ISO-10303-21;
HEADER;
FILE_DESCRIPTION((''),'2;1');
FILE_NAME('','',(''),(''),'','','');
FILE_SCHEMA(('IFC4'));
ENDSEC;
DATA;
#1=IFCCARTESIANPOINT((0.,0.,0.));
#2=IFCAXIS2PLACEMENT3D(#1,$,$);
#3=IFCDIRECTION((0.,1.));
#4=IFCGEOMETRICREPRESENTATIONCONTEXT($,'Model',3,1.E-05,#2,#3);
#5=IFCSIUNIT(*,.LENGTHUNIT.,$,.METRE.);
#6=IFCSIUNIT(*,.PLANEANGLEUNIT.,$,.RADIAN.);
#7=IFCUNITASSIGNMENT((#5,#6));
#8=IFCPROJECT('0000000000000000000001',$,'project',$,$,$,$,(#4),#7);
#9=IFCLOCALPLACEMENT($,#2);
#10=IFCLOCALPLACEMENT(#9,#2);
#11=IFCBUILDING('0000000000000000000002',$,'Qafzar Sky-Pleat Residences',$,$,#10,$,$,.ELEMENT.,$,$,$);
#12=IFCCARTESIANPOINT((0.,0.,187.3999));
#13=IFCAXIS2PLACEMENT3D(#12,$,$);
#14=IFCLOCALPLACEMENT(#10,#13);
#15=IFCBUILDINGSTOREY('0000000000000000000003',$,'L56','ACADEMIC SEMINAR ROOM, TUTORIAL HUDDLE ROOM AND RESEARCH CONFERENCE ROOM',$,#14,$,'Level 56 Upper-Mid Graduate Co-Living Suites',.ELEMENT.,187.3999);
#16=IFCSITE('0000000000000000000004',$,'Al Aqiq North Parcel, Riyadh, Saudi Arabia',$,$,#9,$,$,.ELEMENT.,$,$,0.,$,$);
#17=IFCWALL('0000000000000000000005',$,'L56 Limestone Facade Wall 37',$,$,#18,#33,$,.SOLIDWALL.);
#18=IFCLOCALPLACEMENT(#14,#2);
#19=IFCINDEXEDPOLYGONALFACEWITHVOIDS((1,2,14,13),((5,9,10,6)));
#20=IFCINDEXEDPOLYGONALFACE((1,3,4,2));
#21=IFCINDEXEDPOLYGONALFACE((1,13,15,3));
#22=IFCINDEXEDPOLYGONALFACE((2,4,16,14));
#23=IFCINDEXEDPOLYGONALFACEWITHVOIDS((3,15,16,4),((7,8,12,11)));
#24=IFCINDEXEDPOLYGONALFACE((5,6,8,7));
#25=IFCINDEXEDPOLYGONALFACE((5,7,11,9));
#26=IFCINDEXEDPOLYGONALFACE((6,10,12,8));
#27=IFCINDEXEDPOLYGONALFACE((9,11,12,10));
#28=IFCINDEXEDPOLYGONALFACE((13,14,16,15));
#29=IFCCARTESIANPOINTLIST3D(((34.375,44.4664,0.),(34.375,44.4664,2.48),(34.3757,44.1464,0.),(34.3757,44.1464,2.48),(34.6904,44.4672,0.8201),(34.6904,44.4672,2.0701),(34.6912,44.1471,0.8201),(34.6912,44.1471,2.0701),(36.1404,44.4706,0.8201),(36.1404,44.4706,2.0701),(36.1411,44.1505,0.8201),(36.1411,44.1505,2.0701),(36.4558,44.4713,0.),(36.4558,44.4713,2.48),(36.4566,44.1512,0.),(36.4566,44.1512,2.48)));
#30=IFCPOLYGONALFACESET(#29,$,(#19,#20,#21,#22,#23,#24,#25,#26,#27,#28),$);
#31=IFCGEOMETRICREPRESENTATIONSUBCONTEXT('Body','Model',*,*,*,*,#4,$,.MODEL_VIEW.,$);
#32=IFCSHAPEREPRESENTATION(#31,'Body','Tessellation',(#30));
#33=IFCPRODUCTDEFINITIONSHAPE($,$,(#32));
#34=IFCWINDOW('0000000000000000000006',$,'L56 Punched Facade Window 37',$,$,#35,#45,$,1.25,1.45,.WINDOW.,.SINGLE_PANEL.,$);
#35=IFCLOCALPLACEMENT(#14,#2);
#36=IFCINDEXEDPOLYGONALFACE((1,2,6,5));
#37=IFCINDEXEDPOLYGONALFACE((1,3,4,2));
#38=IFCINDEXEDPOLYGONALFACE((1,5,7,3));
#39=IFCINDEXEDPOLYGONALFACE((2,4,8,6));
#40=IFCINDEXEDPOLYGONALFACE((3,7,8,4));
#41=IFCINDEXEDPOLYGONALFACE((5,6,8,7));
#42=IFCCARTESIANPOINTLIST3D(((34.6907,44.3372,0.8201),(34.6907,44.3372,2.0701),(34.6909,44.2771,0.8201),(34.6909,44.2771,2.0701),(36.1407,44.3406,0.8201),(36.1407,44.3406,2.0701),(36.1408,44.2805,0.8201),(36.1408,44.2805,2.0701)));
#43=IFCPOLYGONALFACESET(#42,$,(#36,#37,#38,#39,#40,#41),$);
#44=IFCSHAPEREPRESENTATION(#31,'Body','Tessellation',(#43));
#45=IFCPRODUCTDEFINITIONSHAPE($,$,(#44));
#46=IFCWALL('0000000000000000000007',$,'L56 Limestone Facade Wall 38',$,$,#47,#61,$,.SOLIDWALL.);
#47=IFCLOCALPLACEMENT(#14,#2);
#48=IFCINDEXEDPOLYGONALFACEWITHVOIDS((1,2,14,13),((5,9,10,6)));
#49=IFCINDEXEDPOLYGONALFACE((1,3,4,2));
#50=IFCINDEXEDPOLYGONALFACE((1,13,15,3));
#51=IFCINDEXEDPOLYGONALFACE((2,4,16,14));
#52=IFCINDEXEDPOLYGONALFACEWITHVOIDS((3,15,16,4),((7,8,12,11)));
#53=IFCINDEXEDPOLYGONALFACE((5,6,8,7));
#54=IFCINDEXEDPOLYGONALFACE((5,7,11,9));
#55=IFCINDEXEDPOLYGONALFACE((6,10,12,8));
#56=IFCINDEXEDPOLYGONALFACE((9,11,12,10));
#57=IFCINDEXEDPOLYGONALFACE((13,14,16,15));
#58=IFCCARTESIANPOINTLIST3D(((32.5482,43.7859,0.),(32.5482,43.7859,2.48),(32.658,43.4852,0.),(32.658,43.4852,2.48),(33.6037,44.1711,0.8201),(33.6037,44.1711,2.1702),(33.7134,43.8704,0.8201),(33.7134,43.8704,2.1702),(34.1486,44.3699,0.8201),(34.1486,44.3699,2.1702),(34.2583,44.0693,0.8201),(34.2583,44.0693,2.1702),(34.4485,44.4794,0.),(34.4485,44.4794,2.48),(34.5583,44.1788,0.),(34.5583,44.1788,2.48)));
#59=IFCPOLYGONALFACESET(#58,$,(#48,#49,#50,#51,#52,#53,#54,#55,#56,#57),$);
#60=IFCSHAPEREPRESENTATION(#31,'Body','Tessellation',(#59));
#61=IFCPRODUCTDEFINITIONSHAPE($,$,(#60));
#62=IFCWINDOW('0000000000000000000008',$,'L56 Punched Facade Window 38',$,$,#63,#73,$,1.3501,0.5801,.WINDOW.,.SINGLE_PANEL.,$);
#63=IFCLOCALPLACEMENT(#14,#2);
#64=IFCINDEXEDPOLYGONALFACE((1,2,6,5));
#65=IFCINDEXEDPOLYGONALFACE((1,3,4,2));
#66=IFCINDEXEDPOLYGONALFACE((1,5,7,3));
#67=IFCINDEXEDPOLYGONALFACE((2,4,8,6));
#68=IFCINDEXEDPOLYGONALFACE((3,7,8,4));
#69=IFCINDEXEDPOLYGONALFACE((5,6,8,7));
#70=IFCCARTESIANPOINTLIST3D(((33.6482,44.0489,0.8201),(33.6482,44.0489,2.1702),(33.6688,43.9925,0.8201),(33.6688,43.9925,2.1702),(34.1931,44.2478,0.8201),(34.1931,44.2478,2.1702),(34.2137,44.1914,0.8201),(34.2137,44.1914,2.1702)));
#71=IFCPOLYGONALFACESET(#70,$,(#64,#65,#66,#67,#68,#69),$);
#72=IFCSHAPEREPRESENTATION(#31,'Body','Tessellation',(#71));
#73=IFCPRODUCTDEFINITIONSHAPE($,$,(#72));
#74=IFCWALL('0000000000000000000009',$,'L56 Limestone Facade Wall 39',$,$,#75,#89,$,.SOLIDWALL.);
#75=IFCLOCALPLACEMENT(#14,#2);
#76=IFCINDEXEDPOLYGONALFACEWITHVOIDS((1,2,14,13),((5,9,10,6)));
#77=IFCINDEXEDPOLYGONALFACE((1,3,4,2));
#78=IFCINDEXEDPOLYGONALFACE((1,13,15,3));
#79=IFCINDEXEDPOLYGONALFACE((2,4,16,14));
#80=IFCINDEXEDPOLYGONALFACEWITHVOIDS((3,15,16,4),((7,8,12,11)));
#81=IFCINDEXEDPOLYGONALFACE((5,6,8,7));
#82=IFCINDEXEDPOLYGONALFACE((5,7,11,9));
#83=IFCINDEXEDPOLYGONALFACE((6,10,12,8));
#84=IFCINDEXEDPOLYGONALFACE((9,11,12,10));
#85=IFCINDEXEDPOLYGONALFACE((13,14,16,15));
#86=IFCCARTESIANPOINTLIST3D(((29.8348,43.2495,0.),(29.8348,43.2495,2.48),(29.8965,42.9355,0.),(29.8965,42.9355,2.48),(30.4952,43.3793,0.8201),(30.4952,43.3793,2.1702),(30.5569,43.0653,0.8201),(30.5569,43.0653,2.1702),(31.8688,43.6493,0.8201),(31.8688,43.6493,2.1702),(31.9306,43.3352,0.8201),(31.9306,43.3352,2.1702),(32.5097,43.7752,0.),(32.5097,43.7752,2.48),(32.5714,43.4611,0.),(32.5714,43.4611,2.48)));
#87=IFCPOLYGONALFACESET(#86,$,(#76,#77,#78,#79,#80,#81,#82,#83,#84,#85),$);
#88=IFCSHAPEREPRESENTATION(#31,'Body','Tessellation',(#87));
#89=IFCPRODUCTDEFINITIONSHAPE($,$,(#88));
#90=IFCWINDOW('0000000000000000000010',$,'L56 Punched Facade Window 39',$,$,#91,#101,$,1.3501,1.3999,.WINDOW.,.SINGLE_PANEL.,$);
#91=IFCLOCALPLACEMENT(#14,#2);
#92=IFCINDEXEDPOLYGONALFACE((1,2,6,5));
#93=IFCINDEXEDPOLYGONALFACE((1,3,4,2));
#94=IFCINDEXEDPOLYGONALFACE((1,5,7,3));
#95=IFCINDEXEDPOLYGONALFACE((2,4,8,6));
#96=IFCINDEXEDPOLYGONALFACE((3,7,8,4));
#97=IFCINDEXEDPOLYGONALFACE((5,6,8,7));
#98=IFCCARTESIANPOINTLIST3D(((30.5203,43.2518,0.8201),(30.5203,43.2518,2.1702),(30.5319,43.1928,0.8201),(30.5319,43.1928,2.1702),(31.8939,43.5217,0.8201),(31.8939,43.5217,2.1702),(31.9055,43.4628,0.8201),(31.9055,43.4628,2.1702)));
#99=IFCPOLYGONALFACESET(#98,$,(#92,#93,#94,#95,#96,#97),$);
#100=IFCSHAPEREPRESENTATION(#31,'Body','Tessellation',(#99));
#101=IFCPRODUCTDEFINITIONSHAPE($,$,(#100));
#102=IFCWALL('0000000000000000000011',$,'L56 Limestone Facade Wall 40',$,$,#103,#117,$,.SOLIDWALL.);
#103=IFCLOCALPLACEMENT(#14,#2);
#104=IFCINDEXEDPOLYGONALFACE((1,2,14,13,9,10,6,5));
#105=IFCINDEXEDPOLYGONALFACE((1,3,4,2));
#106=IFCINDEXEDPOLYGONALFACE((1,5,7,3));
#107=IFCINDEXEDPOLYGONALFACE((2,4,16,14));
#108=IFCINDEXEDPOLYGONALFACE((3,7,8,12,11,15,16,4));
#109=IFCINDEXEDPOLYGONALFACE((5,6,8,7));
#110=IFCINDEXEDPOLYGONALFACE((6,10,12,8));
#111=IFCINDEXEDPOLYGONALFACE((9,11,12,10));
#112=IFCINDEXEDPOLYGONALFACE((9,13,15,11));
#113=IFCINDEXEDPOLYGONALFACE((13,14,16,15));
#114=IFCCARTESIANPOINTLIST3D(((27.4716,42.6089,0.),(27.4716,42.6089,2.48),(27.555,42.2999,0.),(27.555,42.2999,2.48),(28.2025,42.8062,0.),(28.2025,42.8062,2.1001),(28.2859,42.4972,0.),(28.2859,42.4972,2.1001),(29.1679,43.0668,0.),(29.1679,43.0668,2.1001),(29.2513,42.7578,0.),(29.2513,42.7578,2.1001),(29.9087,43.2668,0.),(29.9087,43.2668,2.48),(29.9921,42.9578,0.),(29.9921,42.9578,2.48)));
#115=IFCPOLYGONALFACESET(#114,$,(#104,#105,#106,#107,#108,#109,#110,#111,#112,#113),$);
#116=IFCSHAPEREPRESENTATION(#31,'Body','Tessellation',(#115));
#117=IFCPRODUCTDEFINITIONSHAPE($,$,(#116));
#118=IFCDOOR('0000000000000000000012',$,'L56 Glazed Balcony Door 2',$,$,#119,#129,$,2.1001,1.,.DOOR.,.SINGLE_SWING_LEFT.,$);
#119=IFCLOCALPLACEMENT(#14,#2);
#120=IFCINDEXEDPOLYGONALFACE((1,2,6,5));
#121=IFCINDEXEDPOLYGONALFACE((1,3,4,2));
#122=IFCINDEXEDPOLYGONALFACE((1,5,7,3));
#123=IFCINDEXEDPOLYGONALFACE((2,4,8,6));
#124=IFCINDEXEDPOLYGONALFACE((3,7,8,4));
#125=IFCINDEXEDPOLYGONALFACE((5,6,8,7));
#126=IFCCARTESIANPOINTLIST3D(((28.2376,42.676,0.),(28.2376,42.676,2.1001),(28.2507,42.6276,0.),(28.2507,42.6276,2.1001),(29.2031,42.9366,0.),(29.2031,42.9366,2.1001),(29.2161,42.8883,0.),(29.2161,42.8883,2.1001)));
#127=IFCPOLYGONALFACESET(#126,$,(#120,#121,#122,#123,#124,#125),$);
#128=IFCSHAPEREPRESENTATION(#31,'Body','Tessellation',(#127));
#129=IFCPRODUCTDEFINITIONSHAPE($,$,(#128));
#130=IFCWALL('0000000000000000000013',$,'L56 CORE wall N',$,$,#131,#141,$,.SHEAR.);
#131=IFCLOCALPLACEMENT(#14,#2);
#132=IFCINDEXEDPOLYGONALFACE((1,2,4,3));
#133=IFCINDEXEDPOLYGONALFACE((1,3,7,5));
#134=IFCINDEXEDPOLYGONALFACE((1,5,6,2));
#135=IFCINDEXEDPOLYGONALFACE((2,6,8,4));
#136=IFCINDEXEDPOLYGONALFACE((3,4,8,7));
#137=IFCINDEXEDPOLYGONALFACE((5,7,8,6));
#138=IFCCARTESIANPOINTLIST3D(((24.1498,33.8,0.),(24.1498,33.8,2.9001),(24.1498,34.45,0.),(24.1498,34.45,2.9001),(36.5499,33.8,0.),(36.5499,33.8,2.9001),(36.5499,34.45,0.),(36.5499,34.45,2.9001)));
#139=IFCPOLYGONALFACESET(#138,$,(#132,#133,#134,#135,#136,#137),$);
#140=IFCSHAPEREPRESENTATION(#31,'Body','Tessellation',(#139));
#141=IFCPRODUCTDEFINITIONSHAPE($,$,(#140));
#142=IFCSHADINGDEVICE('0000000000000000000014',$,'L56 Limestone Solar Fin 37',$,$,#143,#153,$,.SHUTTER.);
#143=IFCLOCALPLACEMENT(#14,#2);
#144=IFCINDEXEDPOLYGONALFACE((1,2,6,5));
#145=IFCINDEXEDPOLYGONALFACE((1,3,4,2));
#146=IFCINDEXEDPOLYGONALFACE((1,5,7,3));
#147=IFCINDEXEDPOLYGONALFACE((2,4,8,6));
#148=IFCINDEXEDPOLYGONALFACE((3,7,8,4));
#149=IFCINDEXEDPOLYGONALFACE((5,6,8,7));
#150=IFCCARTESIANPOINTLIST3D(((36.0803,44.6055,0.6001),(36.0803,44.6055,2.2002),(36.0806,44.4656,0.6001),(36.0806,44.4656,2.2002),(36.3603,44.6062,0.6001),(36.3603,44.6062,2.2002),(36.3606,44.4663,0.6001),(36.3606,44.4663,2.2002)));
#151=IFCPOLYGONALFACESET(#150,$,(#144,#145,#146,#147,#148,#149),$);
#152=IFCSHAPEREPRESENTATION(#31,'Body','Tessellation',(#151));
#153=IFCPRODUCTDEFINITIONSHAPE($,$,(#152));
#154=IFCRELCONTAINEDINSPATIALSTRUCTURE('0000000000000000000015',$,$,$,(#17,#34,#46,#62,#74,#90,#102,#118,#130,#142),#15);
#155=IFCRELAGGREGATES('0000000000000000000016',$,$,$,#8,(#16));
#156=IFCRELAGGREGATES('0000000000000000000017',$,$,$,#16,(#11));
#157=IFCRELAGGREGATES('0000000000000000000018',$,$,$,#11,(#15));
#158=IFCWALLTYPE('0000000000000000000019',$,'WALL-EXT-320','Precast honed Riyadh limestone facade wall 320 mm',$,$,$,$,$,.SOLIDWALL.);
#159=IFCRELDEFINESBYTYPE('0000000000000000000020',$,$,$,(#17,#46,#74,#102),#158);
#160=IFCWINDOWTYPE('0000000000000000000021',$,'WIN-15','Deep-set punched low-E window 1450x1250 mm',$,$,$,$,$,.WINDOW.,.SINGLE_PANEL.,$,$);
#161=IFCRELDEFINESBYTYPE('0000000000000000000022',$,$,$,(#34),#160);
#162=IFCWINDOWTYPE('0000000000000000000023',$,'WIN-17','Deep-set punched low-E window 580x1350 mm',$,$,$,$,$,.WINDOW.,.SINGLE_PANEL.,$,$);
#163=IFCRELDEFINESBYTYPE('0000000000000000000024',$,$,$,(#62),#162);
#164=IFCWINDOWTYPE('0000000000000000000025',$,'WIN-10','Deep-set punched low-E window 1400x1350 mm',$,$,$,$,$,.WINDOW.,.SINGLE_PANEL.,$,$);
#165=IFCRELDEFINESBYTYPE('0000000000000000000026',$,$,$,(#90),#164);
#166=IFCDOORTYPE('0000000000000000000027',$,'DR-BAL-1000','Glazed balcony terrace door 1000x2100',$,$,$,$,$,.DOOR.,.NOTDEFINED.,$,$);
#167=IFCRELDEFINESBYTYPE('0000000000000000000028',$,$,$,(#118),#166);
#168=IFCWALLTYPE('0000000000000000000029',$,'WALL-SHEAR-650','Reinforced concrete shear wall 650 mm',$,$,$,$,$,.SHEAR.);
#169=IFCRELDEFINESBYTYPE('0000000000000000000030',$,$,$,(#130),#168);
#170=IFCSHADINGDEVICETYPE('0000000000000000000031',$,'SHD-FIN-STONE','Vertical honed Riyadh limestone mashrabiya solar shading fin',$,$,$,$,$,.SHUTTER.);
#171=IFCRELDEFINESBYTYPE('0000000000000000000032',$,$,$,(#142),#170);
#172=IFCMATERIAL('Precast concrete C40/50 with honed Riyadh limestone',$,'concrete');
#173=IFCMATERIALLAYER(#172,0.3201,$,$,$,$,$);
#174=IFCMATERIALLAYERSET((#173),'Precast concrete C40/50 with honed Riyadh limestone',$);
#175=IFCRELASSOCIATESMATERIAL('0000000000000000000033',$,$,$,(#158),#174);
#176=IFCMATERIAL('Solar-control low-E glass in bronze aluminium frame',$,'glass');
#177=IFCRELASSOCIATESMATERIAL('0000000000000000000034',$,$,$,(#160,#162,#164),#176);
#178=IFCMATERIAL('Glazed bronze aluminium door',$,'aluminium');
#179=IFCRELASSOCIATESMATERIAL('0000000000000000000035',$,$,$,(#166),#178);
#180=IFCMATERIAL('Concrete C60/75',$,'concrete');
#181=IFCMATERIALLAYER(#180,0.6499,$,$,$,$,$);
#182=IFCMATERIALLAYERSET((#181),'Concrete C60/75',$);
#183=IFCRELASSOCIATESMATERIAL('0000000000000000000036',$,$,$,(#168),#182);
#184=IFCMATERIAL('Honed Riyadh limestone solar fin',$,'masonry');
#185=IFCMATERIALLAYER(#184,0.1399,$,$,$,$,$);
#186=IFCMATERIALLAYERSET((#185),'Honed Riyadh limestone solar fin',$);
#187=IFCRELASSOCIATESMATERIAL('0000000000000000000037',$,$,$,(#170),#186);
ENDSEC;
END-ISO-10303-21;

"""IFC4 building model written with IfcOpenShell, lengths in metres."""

from ifc_helpers import new_model, si_unit, direction, frame, frame_2d, origin, origin_2d, place, context, subcontext, project, spatial, rectangle, extrude, source, transform, mapped, material, layer, layer_set, type_object, element, fill, save


model = new_model("IFC4")

# Units and contexts
model_context = context("Model", 3, precision=1e-05, world=origin(), true_north=direction((0.0, 1.0)))
body_context = subcontext(model_context, "Body", "Model", "MODEL_VIEW")
ifc_project = project(units=[si_unit("LENGTHUNIT", "METRE"), si_unit("PLANEANGLEUNIT", "RADIAN")], contexts=[model_context])

# Site, building, storey
site_placement = place(None, origin())
site = spatial("IfcSite", under=ifc_project, at=site_placement, Name="Al Aqiq North Parcel, Riyadh, Saudi Arabia", CompositionType="ELEMENT", RefElevation=0.0)
building_placement = place(site_placement, origin())
building = spatial("IfcBuilding", under=site, at=building_placement, Name="Qafzar Sky-Pleat Residences", CompositionType="ELEMENT")
storey_placement = place(building_placement, frame((0.0, 0.0, 187.3999)))
storey = spatial("IfcBuildingStorey", under=building, at=storey_placement, Name="L56", Description="ACADEMIC SEMINAR ROOM, TUTORIAL HUDDLE ROOM AND RESEARCH CONFERENCE ROOM", LongName="Level 56 Upper-Mid Graduate Co-Living Suites", CompositionType="ELEMENT", Elevation=187.3999)

# Walls, openings, windows
ifc_material_1 = material(Name="Precast concrete C40/50 with honed Riyadh limestone", Category="concrete")
ifc_layer_1 = layer(ifc_material_1, 0.3201)
ifc_layer_set_1 = layer_set([ifc_layer_1], Name="Precast concrete C40/50 with honed Riyadh limestone")
wall_type_1 = type_object("IfcWallType", Name="WALL-EXT-320", Description="Precast honed Riyadh limestone facade wall 320 mm", PredefinedType="SOLIDWALL", material=ifc_layer_set_1)
wall_1_placement = place(storey_placement, frame((36.4563, 44.3113, 0.0), z_axis=(0.0, 0.0, 1.0), x_axis=(-0.999997, -0.002347, 0.0)))
wall_1 = element("IfcWall", 1, at=wall_1_placement, inside=storey, type_object=wall_type_1, Name="L56 Limestone Facade Wall 37", PredefinedType="SOLIDWALL", context=body_context, shape_type="SweptSolid", body=[
    extrude(rectangle(XDim=2.0808, YDim=0.3201, at=frame_2d((1.0405, 0.0))), origin(), (0.0, 0.0, 1.0), 2.48),
])
opening_1_placement = place(wall_1_placement, frame((0.3154, 0.0, 0.8201)))
opening_1 = element("IfcOpeningElement", 2, at=opening_1_placement, cuts=wall_1, PredefinedType="OPENING", context=body_context, shape_type="SweptSolid", body=[
    extrude(rectangle(XDim=1.45, YDim=1.25, at=frame_2d((0.7251, 0.625))), frame((0.0, 0.1699, 0.0), z_axis=(0.0, -1.0, 0.0), x_axis=(1.0, 0.0, 0.0)), (0.0, 0.0, 1.0), 0.3401),
])
ifc_material_2 = material(Name="Solar-control low-E glass in bronze aluminium frame", Category="glass")
window_type_1 = type_object("IfcWindowType", Name="WIN-15", Description="Deep-set punched low-E window 1450x1250 mm", PartitioningType="SINGLE_PANEL", PredefinedType="WINDOW", material=ifc_material_2)
shared_shape_1 = source(origin(), body_context, "Body", "SweptSolid", [
    extrude(rectangle(XDim=1.45, YDim=1.25, at=frame_2d((0.7251, 0.625))), frame((0.0, 0.03, 0.0), z_axis=(0.0, -1.0, 0.0), x_axis=(1.0, 0.0, 0.0)), (0.0, 0.0, 1.0), 0.0601),
])
window_1_placement = place(opening_1_placement, origin())
window_1 = element("IfcWindow", 3, at=window_1_placement, inside=storey, type_object=window_type_1, Name="L56 Punched Facade Window 37", OverallHeight=1.25, OverallWidth=1.45, PartitioningType="SINGLE_PANEL", PredefinedType="WINDOW", context=body_context, shape_type="MappedRepresentation", body=[
    mapped(shared_shape_1, transform((0.0, 0.0, 0.0), x_axis=(1.0, 0.0, 0.0), y_axis=(0.0, 1.0, 0.0), z_axis=(0.0, 0.0, 1.0), scale=1.0)),
])
fill(opening_1, window_1)
wall_2_placement = place(storey_placement, frame((34.5034, 44.3291, 0.0), z_axis=(0.0, 0.0, 1.0), x_axis=(-0.939388, -0.342857, 0.0)))
wall_2 = element("IfcWall", 4, at=wall_2_placement, inside=storey, type_object=wall_type_1, Name="L56 Limestone Facade Wall 38", PredefinedType="SOLIDWALL", context=body_context, shape_type="SweptSolid", body=[
    extrude(rectangle(XDim=2.0229, YDim=0.3201, at=frame_2d((1.0115, 0.0))), origin(), (0.0, 0.0, 1.0), 2.48),
])
opening_2_placement = place(wall_2_placement, frame((0.3193, 0.0, 0.8201)))
opening_2 = element("IfcOpeningElement", 5, at=opening_2_placement, cuts=wall_2, PredefinedType="OPENING", context=body_context, shape_type="SweptSolid", body=[
    extrude(rectangle(XDim=0.5801, YDim=1.3501, at=frame_2d((0.29, 0.675))), frame((0.0, 0.1699, 0.0), z_axis=(0.0, -1.0, 0.0), x_axis=(1.0, 0.0, 0.0)), (0.0, 0.0, 1.0), 0.3401),
])
window_type_2 = type_object("IfcWindowType", Name="WIN-17", Description="Deep-set punched low-E window 580x1350 mm", PartitioningType="SINGLE_PANEL", PredefinedType="WINDOW", material=ifc_material_2)
shared_shape_2 = source(origin(), body_context, "Body", "SweptSolid", [
    extrude(rectangle(XDim=0.5801, YDim=1.3501, at=frame_2d((0.29, 0.675))), frame((0.0, 0.03, 0.0), z_axis=(0.0, -1.0, 0.0), x_axis=(1.0, 0.0, 0.0)), (0.0, 0.0, 1.0), 0.0601),
])
window_2_placement = place(opening_2_placement, origin())
window_2 = element("IfcWindow", 6, at=window_2_placement, inside=storey, type_object=window_type_2, Name="L56 Punched Facade Window 38", OverallHeight=1.3501, OverallWidth=0.5801, PartitioningType="SINGLE_PANEL", PredefinedType="WINDOW", context=body_context, shape_type="MappedRepresentation", body=[
    mapped(shared_shape_2, transform((0.0, 0.0, 0.0), x_axis=(1.0, 0.0, 0.0), y_axis=(0.0, 1.0, 0.0), z_axis=(0.0, 0.0, 1.0), scale=1.0)),
])
fill(opening_2, window_2)
wall_3_placement = place(storey_placement, frame((32.5405, 43.6182, 0.0), z_axis=(0.0, 0.0, 1.0), x_axis=(-0.981233, -0.192825, 0.0)))
wall_3 = element("IfcWall", 7, at=wall_3_placement, inside=storey, type_object=wall_type_1, Name="L56 Limestone Facade Wall 39", PredefinedType="SOLIDWALL", context=body_context, shape_type="SweptSolid", body=[
    extrude(rectangle(XDim=2.7261, YDim=0.3201, at=frame_2d((1.363, 0.0))), origin(), (0.0, 0.0, 1.0), 2.48),
])
opening_3_placement = place(wall_3_placement, frame((0.6531, 0.0, 0.8201)))
opening_3 = element("IfcOpeningElement", 8, at=opening_3_placement, cuts=wall_3, PredefinedType="OPENING", context=body_context, shape_type="SweptSolid", body=[
    extrude(rectangle(XDim=1.3999, YDim=1.3501, at=frame_2d((0.7, 0.675))), frame((0.0, 0.1699, 0.0), z_axis=(0.0, -1.0, 0.0), x_axis=(1.0, 0.0, 0.0)), (0.0, 0.0, 1.0), 0.3401),
])
window_type_3 = type_object("IfcWindowType", Name="WIN-10", Description="Deep-set punched low-E window 1400x1350 mm", PartitioningType="SINGLE_PANEL", PredefinedType="WINDOW", material=ifc_material_2)
shared_shape_3 = source(origin(), body_context, "Body", "SweptSolid", [
    extrude(rectangle(XDim=1.3999, YDim=1.3501, at=frame_2d((0.7, 0.675))), frame((0.0, 0.03, 0.0), z_axis=(0.0, -1.0, 0.0), x_axis=(1.0, 0.0, 0.0)), (0.0, 0.0, 1.0), 0.0601),
])
window_3_placement = place(opening_3_placement, origin())
window_3 = element("IfcWindow", 9, at=window_3_placement, inside=storey, type_object=window_type_3, Name="L56 Punched Facade Window 39", OverallHeight=1.3501, OverallWidth=1.3999, PartitioningType="SINGLE_PANEL", PredefinedType="WINDOW", context=body_context, shape_type="MappedRepresentation", body=[
    mapped(shared_shape_3, transform((0.0, 0.0, 0.0), x_axis=(1.0, 0.0, 0.0), y_axis=(0.0, 1.0, 0.0), z_axis=(0.0, 0.0, 1.0), scale=1.0)),
])
fill(opening_3, window_3)

# Wall, opening, door
wall_4_placement = place(storey_placement, frame((29.9504, 43.1123, 0.0), z_axis=(0.0, 0.0, 1.0), x_axis=(-0.965439, -0.260629, 0.0)))
wall_4 = element("IfcWall", 10, at=wall_4_placement, inside=storey, type_object=wall_type_1, Name="L56 Limestone Facade Wall 40", PredefinedType="SOLIDWALL", context=body_context, shape_type="SweptSolid", body=[
    extrude(rectangle(XDim=2.5244, YDim=0.3201, at=frame_2d((1.2622, 0.0))), origin(), (0.0, 0.0, 1.0), 2.48),
])
opening_4_placement = place(wall_4_placement, frame((0.7673, 0.0, 0.0)))
opening_4 = element("IfcOpeningElement", 11, at=opening_4_placement, cuts=wall_4, PredefinedType="OPENING", context=body_context, shape_type="SweptSolid", body=[
    extrude(rectangle(XDim=1.0, YDim=2.1001, at=frame_2d((0.5, 1.05))), frame((0.0, 0.1699, 0.0), z_axis=(0.0, -1.0, 0.0), x_axis=(1.0, 0.0, 0.0)), (0.0, 0.0, 1.0), 0.3401),
])
ifc_material_3 = material(Name="Glazed bronze aluminium door", Category="aluminium")
door_type_1 = type_object("IfcDoorType", Name="DR-BAL-1000", Description="Glazed balcony terrace door 1000x2100", OperationType="NOTDEFINED", PredefinedType="DOOR", material=ifc_material_3)
shared_shape_4 = source(origin(), body_context, "Body", "SweptSolid", [
    extrude(rectangle(XDim=1.0, YDim=2.1001, at=frame_2d((0.5, 1.05))), frame((0.0, 0.0249, 0.0), z_axis=(0.0, -1.0, 0.0), x_axis=(1.0, 0.0, 0.0)), (0.0, 0.0, 1.0), 0.05),
])
door_1_placement = place(opening_4_placement, origin())
door_1 = element("IfcDoor", 12, at=door_1_placement, inside=storey, type_object=door_type_1, Name="L56 Glazed Balcony Door 2", OperationType="SINGLE_SWING_LEFT", OverallHeight=2.1001, OverallWidth=1.0, PredefinedType="DOOR", context=body_context, shape_type="MappedRepresentation", body=[
    mapped(shared_shape_4, transform((0.0, 0.0, 0.0), x_axis=(1.0, 0.0, 0.0), y_axis=(0.0, 1.0, 0.0), z_axis=(0.0, 0.0, 1.0), scale=1.0)),
])
fill(opening_4, door_1)

# Wall
ifc_material_4 = material(Name="Concrete C60/75", Category="concrete")
ifc_layer_2 = layer(ifc_material_4, 0.6499)
ifc_layer_set_2 = layer_set([ifc_layer_2], Name="Concrete C60/75")
wall_type_2 = type_object("IfcWallType", Name="WALL-SHEAR-650", Description="Reinforced concrete shear wall 650 mm", PredefinedType="SHEAR", material=ifc_layer_set_2)
wall_5_placement = place(storey_placement, frame((36.55, 34.125, 0.0), z_axis=(0.0, 0.0, 1.0), x_axis=(-1.0, 0.0, 0.0)))
element("IfcWall", 13, at=wall_5_placement, inside=storey, type_object=wall_type_2, Name="L56 CORE wall N", PredefinedType="SHEAR", context=body_context, shape_type="SweptSolid", body=[
    extrude(rectangle(XDim=12.4001, YDim=0.6499, at=frame_2d((6.2002, 0.0))), origin(), (0.0, 0.0, 1.0), 2.9001),
])

# Shading device
ifc_material_5 = material(Name="Honed Riyadh limestone solar fin", Category="masonry")
ifc_layer_3 = layer(ifc_material_5, 0.1399)
ifc_layer_set_3 = layer_set([ifc_layer_3], Name="Honed Riyadh limestone solar fin")
shading_device_type = type_object("IfcShadingDeviceType", Name="SHD-FIN-STONE", Description="Vertical honed Riyadh limestone mashrabiya solar shading fin", PredefinedType="SHUTTER", material=ifc_layer_set_3)
shared_shape_5 = source(origin(), body_context, "Body", "SweptSolid", [
    extrude(rectangle(XDim=0.1399, YDim=0.28, at=origin_2d()), origin(), (0.0, 0.0, 1.0), 1.6001),
])
shading_device_placement = place(storey_placement, frame((36.2205, 44.5359, 0.6001), z_axis=(0.0, 0.0, 1.0), x_axis=(-0.002444, 0.999997, 0.0)))
element("IfcShadingDevice", 14, at=shading_device_placement, inside=storey, type_object=shading_device_type, Name="L56 Limestone Solar Fin 37", PredefinedType="SHUTTER", context=body_context, shape_type="MappedRepresentation", body=[
    mapped(shared_shape_5, transform((0.0, 0.0, 0.0), x_axis=(1.0, 0.0, 0.0), y_axis=(0.0, 1.0, 0.0), z_axis=(0.0, 0.0, 1.0), scale=1.0)),
])

save(model, "model.ifc")
